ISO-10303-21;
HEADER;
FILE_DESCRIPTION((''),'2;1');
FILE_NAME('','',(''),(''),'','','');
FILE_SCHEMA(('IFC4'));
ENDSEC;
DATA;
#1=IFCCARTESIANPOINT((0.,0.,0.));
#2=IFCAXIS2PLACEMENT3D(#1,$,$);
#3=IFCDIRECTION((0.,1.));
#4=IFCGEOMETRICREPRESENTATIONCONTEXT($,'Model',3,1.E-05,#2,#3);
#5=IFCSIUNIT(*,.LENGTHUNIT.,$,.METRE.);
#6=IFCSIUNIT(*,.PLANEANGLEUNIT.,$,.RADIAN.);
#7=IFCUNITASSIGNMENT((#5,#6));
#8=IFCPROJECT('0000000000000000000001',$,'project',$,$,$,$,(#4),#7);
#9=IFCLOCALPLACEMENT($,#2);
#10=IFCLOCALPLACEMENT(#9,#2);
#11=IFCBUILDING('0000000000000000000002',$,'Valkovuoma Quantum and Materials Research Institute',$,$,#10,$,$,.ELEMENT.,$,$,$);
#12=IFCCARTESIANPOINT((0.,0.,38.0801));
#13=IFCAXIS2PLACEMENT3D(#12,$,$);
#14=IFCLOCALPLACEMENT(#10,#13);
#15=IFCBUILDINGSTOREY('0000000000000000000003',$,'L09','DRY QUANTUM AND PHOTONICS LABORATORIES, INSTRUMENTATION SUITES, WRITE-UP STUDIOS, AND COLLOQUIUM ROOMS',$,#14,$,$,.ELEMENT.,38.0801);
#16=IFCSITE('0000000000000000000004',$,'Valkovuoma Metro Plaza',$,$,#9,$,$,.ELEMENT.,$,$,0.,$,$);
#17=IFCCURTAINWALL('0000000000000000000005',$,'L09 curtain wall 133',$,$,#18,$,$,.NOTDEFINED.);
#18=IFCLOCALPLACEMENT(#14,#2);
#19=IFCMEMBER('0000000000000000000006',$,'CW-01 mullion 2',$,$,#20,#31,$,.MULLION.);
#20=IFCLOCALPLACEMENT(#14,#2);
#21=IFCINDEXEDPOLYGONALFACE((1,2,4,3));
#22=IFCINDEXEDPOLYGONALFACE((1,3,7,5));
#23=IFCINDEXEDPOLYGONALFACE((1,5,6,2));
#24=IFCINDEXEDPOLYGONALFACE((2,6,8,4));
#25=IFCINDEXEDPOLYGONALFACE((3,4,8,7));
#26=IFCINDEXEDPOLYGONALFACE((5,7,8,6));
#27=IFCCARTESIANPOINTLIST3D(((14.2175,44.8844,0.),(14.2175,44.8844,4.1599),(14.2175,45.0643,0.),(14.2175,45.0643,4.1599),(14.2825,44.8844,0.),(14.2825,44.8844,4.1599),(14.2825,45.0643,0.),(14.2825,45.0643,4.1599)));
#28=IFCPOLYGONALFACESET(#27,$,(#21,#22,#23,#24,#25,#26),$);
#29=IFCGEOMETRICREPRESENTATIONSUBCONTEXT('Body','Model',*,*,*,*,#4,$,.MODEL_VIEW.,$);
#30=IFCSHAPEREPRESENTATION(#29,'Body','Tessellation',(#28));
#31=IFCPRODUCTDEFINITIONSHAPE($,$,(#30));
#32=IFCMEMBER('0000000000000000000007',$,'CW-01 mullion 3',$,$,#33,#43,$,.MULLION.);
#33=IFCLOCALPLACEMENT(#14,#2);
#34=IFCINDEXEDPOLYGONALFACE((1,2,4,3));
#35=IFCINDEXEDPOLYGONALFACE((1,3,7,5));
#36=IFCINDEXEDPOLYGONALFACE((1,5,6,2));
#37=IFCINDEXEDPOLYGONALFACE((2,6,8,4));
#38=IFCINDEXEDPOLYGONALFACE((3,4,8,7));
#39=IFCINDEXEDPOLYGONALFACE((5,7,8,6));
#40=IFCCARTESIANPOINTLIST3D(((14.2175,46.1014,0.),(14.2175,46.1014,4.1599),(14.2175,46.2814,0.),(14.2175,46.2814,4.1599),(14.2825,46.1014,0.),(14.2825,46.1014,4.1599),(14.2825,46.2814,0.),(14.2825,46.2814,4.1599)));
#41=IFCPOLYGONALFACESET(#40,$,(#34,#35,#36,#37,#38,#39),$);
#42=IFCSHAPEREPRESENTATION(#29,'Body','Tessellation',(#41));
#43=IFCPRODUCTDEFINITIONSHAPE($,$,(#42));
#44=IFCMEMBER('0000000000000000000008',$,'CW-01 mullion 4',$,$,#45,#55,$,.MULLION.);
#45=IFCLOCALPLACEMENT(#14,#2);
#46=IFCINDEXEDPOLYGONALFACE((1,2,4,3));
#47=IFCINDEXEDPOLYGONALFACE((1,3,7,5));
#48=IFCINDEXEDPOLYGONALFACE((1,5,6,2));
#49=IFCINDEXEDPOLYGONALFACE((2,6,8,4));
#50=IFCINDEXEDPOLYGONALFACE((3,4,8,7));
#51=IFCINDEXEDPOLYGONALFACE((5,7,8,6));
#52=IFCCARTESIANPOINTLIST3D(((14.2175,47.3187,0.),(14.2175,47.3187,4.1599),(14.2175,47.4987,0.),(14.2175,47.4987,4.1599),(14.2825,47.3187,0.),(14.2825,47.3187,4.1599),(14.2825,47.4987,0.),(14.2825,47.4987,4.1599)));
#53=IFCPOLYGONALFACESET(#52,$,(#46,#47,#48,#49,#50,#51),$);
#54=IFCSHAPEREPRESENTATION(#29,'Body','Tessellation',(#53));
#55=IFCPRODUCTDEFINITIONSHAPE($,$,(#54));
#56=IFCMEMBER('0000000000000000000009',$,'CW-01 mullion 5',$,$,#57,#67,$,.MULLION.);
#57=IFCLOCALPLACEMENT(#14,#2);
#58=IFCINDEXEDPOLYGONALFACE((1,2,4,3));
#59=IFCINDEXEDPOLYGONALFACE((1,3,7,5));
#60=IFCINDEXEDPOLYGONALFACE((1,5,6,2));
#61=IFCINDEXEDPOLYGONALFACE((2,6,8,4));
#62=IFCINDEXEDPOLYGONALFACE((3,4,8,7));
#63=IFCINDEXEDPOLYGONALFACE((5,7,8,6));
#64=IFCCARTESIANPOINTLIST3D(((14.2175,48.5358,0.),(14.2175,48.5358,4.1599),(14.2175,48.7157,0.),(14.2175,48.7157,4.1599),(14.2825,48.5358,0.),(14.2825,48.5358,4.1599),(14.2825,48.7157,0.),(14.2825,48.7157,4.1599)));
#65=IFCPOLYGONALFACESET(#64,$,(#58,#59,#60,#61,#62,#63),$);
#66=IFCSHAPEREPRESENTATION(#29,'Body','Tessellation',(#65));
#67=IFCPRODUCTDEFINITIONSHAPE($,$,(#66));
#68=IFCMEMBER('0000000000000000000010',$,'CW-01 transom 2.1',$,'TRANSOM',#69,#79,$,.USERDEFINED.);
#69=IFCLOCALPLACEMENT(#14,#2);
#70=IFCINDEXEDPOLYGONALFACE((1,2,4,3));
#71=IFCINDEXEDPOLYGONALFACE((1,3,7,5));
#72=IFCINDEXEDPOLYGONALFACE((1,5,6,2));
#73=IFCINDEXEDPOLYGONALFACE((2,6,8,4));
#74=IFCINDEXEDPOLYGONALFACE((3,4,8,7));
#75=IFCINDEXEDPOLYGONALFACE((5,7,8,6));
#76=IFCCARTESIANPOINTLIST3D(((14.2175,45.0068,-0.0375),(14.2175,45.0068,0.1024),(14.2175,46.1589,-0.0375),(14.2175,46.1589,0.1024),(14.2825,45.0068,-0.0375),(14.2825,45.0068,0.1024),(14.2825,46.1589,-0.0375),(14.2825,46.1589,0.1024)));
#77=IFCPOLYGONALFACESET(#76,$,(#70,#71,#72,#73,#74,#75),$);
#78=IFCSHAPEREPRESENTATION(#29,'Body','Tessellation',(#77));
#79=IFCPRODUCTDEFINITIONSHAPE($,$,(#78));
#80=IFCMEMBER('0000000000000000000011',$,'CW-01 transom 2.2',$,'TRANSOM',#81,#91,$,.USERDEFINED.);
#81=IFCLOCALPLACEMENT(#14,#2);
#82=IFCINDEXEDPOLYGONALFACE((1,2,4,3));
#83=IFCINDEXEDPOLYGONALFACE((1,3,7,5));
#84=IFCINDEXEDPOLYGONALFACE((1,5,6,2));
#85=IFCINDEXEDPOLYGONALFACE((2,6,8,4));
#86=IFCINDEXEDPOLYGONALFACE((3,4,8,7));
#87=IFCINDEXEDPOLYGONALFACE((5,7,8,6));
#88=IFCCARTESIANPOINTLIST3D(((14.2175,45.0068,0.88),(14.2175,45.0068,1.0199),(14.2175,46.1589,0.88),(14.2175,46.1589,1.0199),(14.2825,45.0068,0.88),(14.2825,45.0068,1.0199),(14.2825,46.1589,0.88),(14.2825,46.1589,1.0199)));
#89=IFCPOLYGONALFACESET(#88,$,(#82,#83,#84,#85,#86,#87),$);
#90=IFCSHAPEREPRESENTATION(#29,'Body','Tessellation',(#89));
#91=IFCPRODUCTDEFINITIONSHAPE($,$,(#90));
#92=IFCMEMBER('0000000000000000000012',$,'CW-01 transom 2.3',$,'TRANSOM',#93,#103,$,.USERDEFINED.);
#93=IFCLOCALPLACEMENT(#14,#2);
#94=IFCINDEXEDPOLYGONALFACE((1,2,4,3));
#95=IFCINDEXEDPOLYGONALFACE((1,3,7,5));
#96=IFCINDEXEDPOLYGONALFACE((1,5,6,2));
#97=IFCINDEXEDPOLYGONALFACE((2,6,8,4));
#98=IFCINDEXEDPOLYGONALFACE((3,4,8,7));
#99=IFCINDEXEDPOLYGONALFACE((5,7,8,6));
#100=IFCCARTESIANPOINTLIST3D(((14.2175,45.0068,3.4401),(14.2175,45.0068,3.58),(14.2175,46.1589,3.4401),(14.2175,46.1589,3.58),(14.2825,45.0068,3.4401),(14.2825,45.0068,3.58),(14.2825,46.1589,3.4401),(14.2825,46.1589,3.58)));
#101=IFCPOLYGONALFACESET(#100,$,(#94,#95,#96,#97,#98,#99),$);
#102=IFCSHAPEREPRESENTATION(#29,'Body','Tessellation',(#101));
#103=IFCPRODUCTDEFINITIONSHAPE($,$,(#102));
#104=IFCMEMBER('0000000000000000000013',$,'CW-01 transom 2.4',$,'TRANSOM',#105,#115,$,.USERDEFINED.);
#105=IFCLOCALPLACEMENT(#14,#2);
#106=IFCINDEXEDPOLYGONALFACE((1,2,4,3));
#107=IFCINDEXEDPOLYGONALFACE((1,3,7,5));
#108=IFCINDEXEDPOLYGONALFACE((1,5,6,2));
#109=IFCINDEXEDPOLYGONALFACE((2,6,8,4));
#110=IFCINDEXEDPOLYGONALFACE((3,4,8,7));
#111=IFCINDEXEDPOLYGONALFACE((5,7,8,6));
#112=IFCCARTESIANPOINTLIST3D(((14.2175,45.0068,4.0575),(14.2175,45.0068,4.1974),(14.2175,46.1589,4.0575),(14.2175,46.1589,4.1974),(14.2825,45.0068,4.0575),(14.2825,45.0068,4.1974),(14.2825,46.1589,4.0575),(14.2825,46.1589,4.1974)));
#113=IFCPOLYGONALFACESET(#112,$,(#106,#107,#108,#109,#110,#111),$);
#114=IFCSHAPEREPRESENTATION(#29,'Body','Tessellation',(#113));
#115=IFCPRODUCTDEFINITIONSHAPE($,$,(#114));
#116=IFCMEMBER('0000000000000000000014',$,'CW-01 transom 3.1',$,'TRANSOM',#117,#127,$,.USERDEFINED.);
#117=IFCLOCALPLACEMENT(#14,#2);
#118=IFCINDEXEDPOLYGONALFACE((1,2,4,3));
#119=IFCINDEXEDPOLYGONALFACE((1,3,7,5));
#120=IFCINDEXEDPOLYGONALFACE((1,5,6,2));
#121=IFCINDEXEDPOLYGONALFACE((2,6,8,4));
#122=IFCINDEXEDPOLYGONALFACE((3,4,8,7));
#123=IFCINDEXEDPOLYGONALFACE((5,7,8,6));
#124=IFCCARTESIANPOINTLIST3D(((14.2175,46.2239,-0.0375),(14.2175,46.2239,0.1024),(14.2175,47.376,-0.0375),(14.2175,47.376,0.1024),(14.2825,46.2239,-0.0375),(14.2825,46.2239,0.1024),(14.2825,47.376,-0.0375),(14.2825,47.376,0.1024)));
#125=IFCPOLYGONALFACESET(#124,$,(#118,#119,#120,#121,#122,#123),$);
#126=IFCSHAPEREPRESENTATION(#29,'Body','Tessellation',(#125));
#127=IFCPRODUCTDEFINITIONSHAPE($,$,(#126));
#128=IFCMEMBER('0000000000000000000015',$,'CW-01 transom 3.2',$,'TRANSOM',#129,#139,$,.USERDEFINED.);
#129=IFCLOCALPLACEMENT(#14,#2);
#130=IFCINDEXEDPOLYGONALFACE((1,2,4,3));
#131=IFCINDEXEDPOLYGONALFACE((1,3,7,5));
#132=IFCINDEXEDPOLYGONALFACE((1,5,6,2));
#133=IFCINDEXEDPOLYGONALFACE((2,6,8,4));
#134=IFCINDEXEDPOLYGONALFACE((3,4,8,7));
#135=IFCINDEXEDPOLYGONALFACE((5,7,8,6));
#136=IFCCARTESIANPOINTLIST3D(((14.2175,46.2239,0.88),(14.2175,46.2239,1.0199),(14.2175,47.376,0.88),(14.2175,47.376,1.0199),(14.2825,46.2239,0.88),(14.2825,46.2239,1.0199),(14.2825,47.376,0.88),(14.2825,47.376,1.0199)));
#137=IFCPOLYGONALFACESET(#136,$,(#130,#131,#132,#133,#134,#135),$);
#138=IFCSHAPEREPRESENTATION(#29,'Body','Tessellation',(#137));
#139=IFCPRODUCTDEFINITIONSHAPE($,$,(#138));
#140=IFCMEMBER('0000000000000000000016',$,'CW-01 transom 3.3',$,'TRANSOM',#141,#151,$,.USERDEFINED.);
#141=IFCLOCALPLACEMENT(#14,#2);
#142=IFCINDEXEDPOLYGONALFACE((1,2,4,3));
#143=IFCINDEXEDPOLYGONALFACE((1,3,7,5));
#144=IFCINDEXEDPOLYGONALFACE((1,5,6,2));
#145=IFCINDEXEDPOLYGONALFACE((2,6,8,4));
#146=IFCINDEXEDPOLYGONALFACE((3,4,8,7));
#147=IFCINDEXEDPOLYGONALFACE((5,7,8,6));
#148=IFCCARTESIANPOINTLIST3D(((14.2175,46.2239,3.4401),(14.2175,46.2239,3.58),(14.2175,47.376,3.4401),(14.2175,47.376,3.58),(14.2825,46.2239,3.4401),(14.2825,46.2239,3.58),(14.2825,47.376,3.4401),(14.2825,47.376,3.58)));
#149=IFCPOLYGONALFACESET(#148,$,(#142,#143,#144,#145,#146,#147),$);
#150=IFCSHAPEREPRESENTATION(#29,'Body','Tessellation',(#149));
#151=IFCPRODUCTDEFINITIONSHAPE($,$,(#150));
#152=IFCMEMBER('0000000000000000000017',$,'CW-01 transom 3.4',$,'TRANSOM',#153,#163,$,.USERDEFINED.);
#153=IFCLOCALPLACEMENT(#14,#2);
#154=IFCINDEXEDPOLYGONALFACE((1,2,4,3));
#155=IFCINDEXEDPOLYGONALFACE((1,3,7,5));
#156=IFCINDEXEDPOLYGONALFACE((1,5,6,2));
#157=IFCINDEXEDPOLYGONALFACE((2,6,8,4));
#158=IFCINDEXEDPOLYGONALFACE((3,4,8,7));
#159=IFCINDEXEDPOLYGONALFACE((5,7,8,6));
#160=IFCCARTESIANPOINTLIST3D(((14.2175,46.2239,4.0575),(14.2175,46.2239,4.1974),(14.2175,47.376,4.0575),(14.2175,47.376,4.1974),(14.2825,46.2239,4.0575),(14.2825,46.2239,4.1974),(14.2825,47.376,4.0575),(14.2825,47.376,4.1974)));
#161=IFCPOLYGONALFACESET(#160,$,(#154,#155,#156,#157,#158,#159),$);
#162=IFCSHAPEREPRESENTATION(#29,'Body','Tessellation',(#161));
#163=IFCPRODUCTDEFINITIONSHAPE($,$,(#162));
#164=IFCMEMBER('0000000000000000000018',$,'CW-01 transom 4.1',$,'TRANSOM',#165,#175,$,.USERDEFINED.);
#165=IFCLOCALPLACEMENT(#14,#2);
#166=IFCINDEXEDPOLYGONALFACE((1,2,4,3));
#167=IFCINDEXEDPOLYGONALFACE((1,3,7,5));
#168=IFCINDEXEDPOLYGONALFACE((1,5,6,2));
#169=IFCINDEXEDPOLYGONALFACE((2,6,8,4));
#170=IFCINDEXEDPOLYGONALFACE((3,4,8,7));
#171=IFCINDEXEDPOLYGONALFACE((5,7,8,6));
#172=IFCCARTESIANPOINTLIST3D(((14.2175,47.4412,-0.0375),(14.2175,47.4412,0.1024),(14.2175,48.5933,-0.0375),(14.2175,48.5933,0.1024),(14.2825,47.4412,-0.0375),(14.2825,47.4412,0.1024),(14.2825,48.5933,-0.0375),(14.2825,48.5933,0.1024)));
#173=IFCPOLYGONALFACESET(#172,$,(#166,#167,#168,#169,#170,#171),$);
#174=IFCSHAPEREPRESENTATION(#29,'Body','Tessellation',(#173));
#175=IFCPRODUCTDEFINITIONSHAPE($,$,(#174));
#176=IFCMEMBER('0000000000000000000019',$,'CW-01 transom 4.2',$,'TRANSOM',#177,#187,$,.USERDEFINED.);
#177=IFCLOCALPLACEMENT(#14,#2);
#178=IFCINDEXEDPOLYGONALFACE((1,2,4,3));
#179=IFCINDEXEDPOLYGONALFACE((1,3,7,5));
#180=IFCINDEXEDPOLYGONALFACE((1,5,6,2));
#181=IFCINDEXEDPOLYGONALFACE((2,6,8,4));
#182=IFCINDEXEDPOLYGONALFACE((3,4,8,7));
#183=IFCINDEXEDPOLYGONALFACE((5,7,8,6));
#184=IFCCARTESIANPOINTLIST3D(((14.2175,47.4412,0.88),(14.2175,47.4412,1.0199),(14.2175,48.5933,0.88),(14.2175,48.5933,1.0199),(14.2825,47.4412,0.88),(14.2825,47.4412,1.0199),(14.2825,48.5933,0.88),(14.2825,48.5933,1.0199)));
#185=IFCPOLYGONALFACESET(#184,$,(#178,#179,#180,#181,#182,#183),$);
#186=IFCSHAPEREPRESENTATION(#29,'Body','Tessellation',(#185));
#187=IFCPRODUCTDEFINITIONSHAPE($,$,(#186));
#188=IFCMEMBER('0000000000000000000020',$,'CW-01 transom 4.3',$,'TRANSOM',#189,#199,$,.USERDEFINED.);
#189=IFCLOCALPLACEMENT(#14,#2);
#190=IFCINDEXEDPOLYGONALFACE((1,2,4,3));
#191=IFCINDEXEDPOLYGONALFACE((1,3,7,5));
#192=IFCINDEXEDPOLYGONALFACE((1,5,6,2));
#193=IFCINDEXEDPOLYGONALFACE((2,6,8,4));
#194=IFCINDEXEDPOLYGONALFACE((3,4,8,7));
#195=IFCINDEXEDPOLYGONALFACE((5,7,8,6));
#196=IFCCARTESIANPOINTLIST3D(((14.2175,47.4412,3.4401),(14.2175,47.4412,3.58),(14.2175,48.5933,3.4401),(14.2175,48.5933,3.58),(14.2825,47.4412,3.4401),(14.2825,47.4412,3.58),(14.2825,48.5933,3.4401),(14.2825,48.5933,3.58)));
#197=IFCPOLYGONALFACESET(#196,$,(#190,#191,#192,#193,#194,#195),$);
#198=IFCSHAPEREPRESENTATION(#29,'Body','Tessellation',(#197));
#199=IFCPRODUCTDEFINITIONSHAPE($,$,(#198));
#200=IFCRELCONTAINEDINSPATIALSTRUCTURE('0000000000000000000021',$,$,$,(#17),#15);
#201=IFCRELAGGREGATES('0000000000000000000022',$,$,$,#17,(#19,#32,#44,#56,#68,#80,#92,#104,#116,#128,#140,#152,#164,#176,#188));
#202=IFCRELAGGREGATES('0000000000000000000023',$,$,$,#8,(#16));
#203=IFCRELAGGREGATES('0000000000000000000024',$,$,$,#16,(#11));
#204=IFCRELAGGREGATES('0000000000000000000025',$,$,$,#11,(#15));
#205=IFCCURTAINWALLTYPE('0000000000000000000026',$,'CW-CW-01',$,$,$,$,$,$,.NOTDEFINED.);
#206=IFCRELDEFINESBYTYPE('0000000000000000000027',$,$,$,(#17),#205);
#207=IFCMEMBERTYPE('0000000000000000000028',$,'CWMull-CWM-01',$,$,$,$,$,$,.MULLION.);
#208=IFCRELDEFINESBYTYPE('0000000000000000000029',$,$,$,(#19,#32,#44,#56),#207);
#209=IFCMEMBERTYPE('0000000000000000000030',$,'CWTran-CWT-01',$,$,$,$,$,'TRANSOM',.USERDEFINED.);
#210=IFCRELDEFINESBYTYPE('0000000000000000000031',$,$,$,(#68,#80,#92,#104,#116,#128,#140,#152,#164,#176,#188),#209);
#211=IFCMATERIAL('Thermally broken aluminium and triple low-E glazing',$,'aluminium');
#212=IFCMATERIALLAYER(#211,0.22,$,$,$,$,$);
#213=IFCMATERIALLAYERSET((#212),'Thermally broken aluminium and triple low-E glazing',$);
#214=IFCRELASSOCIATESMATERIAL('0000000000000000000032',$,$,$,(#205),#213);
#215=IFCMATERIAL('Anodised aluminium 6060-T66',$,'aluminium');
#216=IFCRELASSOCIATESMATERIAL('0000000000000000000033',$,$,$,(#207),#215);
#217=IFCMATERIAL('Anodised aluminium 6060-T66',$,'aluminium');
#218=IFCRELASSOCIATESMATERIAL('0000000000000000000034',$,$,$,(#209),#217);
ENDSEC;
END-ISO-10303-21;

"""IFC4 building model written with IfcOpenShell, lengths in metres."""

from ifc_helpers import new_model, si_unit, direction, frame, origin, origin_2d, place, context, subcontext, project, spatial, rectangle, extrude, material, layer, layer_set, material_profile, profile_set, type_object, element, aggregate, save


model = new_model("IFC4")

# Units and contexts
model_context = context("Model", 3, precision=1e-05, world=origin(), true_north=direction((0.0, 1.0)))
body_context = subcontext(model_context, "Body", "Model", "MODEL_VIEW")
ifc_project = project(units=[si_unit("LENGTHUNIT", "METRE"), si_unit("PLANEANGLEUNIT", "RADIAN")], contexts=[model_context])

# Site, building, storey
site_placement = place(None, origin())
site = spatial("IfcSite", under=ifc_project, at=site_placement, Name="Valkovuoma Metro Plaza", CompositionType="ELEMENT", RefElevation=0.0)
building_placement = place(site_placement, origin())
building = spatial("IfcBuilding", under=site, at=building_placement, Name="Valkovuoma Quantum and Materials Research Institute", CompositionType="ELEMENT")
storey_placement = place(building_placement, frame((0.0, 0.0, 38.0801)))
storey = spatial("IfcBuildingStorey", under=building, at=storey_placement, Name="L09", Description="DRY QUANTUM AND PHOTONICS LABORATORIES, INSTRUMENTATION SUITES, WRITE-UP STUDIOS, AND COLLOQUIUM ROOMS", CompositionType="ELEMENT", Elevation=38.0801)

# Curtain wall, members
ifc_material_1 = material(Name="Thermally broken aluminium and triple low-E glazing", Category="aluminium")
ifc_layer_1 = layer(ifc_material_1, 0.22)
ifc_layer_set_1 = layer_set([ifc_layer_1], Name="Thermally broken aluminium and triple low-E glazing")
curtain_wall_type = type_object("IfcCurtainWallType", Name="CW-CW-01", PredefinedType="NOTDEFINED", material=ifc_layer_set_1)
curtain_wall_placement = place(storey_placement, origin())
curtain_wall = element("IfcCurtainWall", 1, at=curtain_wall_placement, inside=storey, type_object=curtain_wall_type, Name="L09 curtain wall 133", PredefinedType="NOTDEFINED")
ifc_material_2 = material(Name="Anodised aluminium 6060-T66", Category="aluminium")
ifc_material_profile_1 = material_profile(ifc_material_2, rectangle(XDim=0.0649, YDim=0.1799, at=origin_2d()), Name="Anodised aluminium 6060-T66")
ifc_profile_set_1 = profile_set([ifc_material_profile_1], Name="Anodised aluminium 6060-T66")
member_type_1 = type_object("IfcMemberType", Name="CWMull-CWM-01", PredefinedType="MULLION", material=ifc_profile_set_1)
member_1_placement = place(storey_placement, frame((14.25, 44.9744, 0.0), z_axis=(0.0, 0.0, 1.0), x_axis=(-1.0, 0.0, 0.0)))
member_1 = element("IfcMember", 2, at=member_1_placement, type_object=member_type_1, Name="CW-01 mullion 2", PredefinedType="MULLION", context=body_context, shape_type="SweptSolid", body=[
    extrude(rectangle(XDim=0.0649, YDim=0.1799, at=origin_2d()), origin(), (0.0, 0.0, 1.0), 4.1599),
])
member_2_placement = place(storey_placement, frame((14.25, 46.1914, 0.0), z_axis=(0.0, 0.0, 1.0), x_axis=(-1.0, 0.0, 0.0)))
member_2 = element("IfcMember", 3, at=member_2_placement, type_object=member_type_1, Name="CW-01 mullion 3", PredefinedType="MULLION", context=body_context, shape_type="SweptSolid", body=[
    extrude(rectangle(XDim=0.0649, YDim=0.1799, at=origin_2d()), origin(), (0.0, 0.0, 1.0), 4.1599),
])
member_3_placement = place(storey_placement, frame((14.25, 47.4087, 0.0), z_axis=(0.0, 0.0, 1.0), x_axis=(-1.0, 0.0, 0.0)))
member_3 = element("IfcMember", 4, at=member_3_placement, type_object=member_type_1, Name="CW-01 mullion 4", PredefinedType="MULLION", context=body_context, shape_type="SweptSolid", body=[
    extrude(rectangle(XDim=0.0649, YDim=0.1799, at=origin_2d()), origin(), (0.0, 0.0, 1.0), 4.1599),
])
member_4_placement = place(storey_placement, frame((14.25, 48.6257, 0.0), z_axis=(0.0, 0.0, 1.0), x_axis=(-1.0, 0.0, 0.0)))
member_4 = element("IfcMember", 5, at=member_4_placement, type_object=member_type_1, Name="CW-01 mullion 5", PredefinedType="MULLION", context=body_context, shape_type="SweptSolid", body=[
    extrude(rectangle(XDim=0.0649, YDim=0.1799, at=origin_2d()), origin(), (0.0, 0.0, 1.0), 4.1599),
])
ifc_material_3 = material(Name="Anodised aluminium 6060-T66", Category="aluminium")
ifc_material_profile_2 = material_profile(ifc_material_3, rectangle(XDim=0.0649, YDim=0.1399, at=origin_2d()), Name="Anodised aluminium 6060-T66")
ifc_profile_set_2 = profile_set([ifc_material_profile_2], Name="Anodised aluminium 6060-T66")
member_type_2 = type_object("IfcMemberType", Name="CWTran-CWT-01", ElementType="TRANSOM", PredefinedType="USERDEFINED", material=ifc_profile_set_2)
member_5_placement = place(storey_placement, frame((14.25, 45.0068, 0.0325), z_axis=(0.0, 1.0, 0.0), x_axis=(-1.0, 0.0, 0.0)))
member_5 = element("IfcMember", 6, at=member_5_placement, type_object=member_type_2, Name="CW-01 transom 2.1", ObjectType="TRANSOM", PredefinedType="USERDEFINED", context=body_context, shape_type="SweptSolid", body=[
    extrude(rectangle(XDim=0.0649, YDim=0.1399, at=origin_2d()), origin(), (0.0, 0.0, 1.0), 1.1521),
])
member_6_placement = place(storey_placement, frame((14.25, 45.0068, 0.95), z_axis=(0.0, 1.0, 0.0), x_axis=(-1.0, 0.0, 0.0)))
member_6 = element("IfcMember", 7, at=member_6_placement, type_object=member_type_2, Name="CW-01 transom 2.2", ObjectType="TRANSOM", PredefinedType="USERDEFINED", context=body_context, shape_type="SweptSolid", body=[
    extrude(rectangle(XDim=0.0649, YDim=0.1399, at=origin_2d()), origin(), (0.0, 0.0, 1.0), 1.1521),
])
member_7_placement = place(storey_placement, frame((14.25, 45.0068, 3.51), z_axis=(0.0, 1.0, 0.0), x_axis=(-1.0, 0.0, 0.0)))
member_7 = element("IfcMember", 8, at=member_7_placement, type_object=member_type_2, Name="CW-01 transom 2.3", ObjectType="TRANSOM", PredefinedType="USERDEFINED", context=body_context, shape_type="SweptSolid", body=[
    extrude(rectangle(XDim=0.0649, YDim=0.1399, at=origin_2d()), origin(), (0.0, 0.0, 1.0), 1.1521),
])
member_8_placement = place(storey_placement, frame((14.25, 45.0068, 4.1274), z_axis=(0.0, 1.0, 0.0), x_axis=(-1.0, 0.0, 0.0)))
member_8 = element("IfcMember", 9, at=member_8_placement, type_object=member_type_2, Name="CW-01 transom 2.4", ObjectType="TRANSOM", PredefinedType="USERDEFINED", context=body_context, shape_type="SweptSolid", body=[
    extrude(rectangle(XDim=0.0649, YDim=0.1399, at=origin_2d()), origin(), (0.0, 0.0, 1.0), 1.1521),
])
member_9_placement = place(storey_placement, frame((14.25, 46.2239, 0.0325), z_axis=(0.0, 1.0, 0.0), x_axis=(-1.0, 0.0, 0.0)))
member_9 = element("IfcMember", 10, at=member_9_placement, type_object=member_type_2, Name="CW-01 transom 3.1", ObjectType="TRANSOM", PredefinedType="USERDEFINED", context=body_context, shape_type="SweptSolid", body=[
    extrude(rectangle(XDim=0.0649, YDim=0.1399, at=origin_2d()), origin(), (0.0, 0.0, 1.0), 1.1521),
])
member_10_placement = place(storey_placement, frame((14.25, 46.2239, 0.95), z_axis=(0.0, 1.0, 0.0), x_axis=(-1.0, 0.0, 0.0)))
member_10 = element("IfcMember", 11, at=member_10_placement, type_object=member_type_2, Name="CW-01 transom 3.2", ObjectType="TRANSOM", PredefinedType="USERDEFINED", context=body_context, shape_type="SweptSolid", body=[
    extrude(rectangle(XDim=0.0649, YDim=0.1399, at=origin_2d()), origin(), (0.0, 0.0, 1.0), 1.1521),
])
member_11_placement = place(storey_placement, frame((14.25, 46.2239, 3.51), z_axis=(0.0, 1.0, 0.0), x_axis=(-1.0, 0.0, 0.0)))
member_11 = element("IfcMember", 12, at=member_11_placement, type_object=member_type_2, Name="CW-01 transom 3.3", ObjectType="TRANSOM", PredefinedType="USERDEFINED", context=body_context, shape_type="SweptSolid", body=[
    extrude(rectangle(XDim=0.0649, YDim=0.1399, at=origin_2d()), origin(), (0.0, 0.0, 1.0), 1.1521),
])
member_12_placement = place(storey_placement, frame((14.25, 46.2239, 4.1274), z_axis=(0.0, 1.0, 0.0), x_axis=(-1.0, 0.0, 0.0)))
member_12 = element("IfcMember", 13, at=member_12_placement, type_object=member_type_2, Name="CW-01 transom 3.4", ObjectType="TRANSOM", PredefinedType="USERDEFINED", context=body_context, shape_type="SweptSolid", body=[
    extrude(rectangle(XDim=0.0649, YDim=0.1399, at=origin_2d()), origin(), (0.0, 0.0, 1.0), 1.1521),
])
member_13_placement = place(storey_placement, frame((14.25, 47.4412, 0.0325), z_axis=(0.0, 1.0, 0.0), x_axis=(-1.0, 0.0, 0.0)))
member_13 = element("IfcMember", 14, at=member_13_placement, type_object=member_type_2, Name="CW-01 transom 4.1", ObjectType="TRANSOM", PredefinedType="USERDEFINED", context=body_context, shape_type="SweptSolid", body=[
    extrude(rectangle(XDim=0.0649, YDim=0.1399, at=origin_2d()), origin(), (0.0, 0.0, 1.0), 1.1521),
])
member_14_placement = place(storey_placement, frame((14.25, 47.4412, 0.95), z_axis=(0.0, 1.0, 0.0), x_axis=(-1.0, 0.0, 0.0)))
member_14 = element("IfcMember", 15, at=member_14_placement, type_object=member_type_2, Name="CW-01 transom 4.2", ObjectType="TRANSOM", PredefinedType="USERDEFINED", context=body_context, shape_type="SweptSolid", body=[
    extrude(rectangle(XDim=0.0649, YDim=0.1399, at=origin_2d()), origin(), (0.0, 0.0, 1.0), 1.1521),
])
member_15_placement = place(storey_placement, frame((14.25, 47.4412, 3.51), z_axis=(0.0, 1.0, 0.0), x_axis=(-1.0, 0.0, 0.0)))
member_15 = element("IfcMember", 16, at=member_15_placement, type_object=member_type_2, Name="CW-01 transom 4.3", ObjectType="TRANSOM", PredefinedType="USERDEFINED", context=body_context, shape_type="SweptSolid", body=[
    extrude(rectangle(XDim=0.0649, YDim=0.1399, at=origin_2d()), origin(), (0.0, 0.0, 1.0), 1.1521),
])
aggregate(curtain_wall, [member_1, member_2, member_3, member_4, member_5, member_6, member_7, member_8, member_9, member_10, member_11, member_12, member_13, member_14, member_15])

save(model, "model.ifc")
